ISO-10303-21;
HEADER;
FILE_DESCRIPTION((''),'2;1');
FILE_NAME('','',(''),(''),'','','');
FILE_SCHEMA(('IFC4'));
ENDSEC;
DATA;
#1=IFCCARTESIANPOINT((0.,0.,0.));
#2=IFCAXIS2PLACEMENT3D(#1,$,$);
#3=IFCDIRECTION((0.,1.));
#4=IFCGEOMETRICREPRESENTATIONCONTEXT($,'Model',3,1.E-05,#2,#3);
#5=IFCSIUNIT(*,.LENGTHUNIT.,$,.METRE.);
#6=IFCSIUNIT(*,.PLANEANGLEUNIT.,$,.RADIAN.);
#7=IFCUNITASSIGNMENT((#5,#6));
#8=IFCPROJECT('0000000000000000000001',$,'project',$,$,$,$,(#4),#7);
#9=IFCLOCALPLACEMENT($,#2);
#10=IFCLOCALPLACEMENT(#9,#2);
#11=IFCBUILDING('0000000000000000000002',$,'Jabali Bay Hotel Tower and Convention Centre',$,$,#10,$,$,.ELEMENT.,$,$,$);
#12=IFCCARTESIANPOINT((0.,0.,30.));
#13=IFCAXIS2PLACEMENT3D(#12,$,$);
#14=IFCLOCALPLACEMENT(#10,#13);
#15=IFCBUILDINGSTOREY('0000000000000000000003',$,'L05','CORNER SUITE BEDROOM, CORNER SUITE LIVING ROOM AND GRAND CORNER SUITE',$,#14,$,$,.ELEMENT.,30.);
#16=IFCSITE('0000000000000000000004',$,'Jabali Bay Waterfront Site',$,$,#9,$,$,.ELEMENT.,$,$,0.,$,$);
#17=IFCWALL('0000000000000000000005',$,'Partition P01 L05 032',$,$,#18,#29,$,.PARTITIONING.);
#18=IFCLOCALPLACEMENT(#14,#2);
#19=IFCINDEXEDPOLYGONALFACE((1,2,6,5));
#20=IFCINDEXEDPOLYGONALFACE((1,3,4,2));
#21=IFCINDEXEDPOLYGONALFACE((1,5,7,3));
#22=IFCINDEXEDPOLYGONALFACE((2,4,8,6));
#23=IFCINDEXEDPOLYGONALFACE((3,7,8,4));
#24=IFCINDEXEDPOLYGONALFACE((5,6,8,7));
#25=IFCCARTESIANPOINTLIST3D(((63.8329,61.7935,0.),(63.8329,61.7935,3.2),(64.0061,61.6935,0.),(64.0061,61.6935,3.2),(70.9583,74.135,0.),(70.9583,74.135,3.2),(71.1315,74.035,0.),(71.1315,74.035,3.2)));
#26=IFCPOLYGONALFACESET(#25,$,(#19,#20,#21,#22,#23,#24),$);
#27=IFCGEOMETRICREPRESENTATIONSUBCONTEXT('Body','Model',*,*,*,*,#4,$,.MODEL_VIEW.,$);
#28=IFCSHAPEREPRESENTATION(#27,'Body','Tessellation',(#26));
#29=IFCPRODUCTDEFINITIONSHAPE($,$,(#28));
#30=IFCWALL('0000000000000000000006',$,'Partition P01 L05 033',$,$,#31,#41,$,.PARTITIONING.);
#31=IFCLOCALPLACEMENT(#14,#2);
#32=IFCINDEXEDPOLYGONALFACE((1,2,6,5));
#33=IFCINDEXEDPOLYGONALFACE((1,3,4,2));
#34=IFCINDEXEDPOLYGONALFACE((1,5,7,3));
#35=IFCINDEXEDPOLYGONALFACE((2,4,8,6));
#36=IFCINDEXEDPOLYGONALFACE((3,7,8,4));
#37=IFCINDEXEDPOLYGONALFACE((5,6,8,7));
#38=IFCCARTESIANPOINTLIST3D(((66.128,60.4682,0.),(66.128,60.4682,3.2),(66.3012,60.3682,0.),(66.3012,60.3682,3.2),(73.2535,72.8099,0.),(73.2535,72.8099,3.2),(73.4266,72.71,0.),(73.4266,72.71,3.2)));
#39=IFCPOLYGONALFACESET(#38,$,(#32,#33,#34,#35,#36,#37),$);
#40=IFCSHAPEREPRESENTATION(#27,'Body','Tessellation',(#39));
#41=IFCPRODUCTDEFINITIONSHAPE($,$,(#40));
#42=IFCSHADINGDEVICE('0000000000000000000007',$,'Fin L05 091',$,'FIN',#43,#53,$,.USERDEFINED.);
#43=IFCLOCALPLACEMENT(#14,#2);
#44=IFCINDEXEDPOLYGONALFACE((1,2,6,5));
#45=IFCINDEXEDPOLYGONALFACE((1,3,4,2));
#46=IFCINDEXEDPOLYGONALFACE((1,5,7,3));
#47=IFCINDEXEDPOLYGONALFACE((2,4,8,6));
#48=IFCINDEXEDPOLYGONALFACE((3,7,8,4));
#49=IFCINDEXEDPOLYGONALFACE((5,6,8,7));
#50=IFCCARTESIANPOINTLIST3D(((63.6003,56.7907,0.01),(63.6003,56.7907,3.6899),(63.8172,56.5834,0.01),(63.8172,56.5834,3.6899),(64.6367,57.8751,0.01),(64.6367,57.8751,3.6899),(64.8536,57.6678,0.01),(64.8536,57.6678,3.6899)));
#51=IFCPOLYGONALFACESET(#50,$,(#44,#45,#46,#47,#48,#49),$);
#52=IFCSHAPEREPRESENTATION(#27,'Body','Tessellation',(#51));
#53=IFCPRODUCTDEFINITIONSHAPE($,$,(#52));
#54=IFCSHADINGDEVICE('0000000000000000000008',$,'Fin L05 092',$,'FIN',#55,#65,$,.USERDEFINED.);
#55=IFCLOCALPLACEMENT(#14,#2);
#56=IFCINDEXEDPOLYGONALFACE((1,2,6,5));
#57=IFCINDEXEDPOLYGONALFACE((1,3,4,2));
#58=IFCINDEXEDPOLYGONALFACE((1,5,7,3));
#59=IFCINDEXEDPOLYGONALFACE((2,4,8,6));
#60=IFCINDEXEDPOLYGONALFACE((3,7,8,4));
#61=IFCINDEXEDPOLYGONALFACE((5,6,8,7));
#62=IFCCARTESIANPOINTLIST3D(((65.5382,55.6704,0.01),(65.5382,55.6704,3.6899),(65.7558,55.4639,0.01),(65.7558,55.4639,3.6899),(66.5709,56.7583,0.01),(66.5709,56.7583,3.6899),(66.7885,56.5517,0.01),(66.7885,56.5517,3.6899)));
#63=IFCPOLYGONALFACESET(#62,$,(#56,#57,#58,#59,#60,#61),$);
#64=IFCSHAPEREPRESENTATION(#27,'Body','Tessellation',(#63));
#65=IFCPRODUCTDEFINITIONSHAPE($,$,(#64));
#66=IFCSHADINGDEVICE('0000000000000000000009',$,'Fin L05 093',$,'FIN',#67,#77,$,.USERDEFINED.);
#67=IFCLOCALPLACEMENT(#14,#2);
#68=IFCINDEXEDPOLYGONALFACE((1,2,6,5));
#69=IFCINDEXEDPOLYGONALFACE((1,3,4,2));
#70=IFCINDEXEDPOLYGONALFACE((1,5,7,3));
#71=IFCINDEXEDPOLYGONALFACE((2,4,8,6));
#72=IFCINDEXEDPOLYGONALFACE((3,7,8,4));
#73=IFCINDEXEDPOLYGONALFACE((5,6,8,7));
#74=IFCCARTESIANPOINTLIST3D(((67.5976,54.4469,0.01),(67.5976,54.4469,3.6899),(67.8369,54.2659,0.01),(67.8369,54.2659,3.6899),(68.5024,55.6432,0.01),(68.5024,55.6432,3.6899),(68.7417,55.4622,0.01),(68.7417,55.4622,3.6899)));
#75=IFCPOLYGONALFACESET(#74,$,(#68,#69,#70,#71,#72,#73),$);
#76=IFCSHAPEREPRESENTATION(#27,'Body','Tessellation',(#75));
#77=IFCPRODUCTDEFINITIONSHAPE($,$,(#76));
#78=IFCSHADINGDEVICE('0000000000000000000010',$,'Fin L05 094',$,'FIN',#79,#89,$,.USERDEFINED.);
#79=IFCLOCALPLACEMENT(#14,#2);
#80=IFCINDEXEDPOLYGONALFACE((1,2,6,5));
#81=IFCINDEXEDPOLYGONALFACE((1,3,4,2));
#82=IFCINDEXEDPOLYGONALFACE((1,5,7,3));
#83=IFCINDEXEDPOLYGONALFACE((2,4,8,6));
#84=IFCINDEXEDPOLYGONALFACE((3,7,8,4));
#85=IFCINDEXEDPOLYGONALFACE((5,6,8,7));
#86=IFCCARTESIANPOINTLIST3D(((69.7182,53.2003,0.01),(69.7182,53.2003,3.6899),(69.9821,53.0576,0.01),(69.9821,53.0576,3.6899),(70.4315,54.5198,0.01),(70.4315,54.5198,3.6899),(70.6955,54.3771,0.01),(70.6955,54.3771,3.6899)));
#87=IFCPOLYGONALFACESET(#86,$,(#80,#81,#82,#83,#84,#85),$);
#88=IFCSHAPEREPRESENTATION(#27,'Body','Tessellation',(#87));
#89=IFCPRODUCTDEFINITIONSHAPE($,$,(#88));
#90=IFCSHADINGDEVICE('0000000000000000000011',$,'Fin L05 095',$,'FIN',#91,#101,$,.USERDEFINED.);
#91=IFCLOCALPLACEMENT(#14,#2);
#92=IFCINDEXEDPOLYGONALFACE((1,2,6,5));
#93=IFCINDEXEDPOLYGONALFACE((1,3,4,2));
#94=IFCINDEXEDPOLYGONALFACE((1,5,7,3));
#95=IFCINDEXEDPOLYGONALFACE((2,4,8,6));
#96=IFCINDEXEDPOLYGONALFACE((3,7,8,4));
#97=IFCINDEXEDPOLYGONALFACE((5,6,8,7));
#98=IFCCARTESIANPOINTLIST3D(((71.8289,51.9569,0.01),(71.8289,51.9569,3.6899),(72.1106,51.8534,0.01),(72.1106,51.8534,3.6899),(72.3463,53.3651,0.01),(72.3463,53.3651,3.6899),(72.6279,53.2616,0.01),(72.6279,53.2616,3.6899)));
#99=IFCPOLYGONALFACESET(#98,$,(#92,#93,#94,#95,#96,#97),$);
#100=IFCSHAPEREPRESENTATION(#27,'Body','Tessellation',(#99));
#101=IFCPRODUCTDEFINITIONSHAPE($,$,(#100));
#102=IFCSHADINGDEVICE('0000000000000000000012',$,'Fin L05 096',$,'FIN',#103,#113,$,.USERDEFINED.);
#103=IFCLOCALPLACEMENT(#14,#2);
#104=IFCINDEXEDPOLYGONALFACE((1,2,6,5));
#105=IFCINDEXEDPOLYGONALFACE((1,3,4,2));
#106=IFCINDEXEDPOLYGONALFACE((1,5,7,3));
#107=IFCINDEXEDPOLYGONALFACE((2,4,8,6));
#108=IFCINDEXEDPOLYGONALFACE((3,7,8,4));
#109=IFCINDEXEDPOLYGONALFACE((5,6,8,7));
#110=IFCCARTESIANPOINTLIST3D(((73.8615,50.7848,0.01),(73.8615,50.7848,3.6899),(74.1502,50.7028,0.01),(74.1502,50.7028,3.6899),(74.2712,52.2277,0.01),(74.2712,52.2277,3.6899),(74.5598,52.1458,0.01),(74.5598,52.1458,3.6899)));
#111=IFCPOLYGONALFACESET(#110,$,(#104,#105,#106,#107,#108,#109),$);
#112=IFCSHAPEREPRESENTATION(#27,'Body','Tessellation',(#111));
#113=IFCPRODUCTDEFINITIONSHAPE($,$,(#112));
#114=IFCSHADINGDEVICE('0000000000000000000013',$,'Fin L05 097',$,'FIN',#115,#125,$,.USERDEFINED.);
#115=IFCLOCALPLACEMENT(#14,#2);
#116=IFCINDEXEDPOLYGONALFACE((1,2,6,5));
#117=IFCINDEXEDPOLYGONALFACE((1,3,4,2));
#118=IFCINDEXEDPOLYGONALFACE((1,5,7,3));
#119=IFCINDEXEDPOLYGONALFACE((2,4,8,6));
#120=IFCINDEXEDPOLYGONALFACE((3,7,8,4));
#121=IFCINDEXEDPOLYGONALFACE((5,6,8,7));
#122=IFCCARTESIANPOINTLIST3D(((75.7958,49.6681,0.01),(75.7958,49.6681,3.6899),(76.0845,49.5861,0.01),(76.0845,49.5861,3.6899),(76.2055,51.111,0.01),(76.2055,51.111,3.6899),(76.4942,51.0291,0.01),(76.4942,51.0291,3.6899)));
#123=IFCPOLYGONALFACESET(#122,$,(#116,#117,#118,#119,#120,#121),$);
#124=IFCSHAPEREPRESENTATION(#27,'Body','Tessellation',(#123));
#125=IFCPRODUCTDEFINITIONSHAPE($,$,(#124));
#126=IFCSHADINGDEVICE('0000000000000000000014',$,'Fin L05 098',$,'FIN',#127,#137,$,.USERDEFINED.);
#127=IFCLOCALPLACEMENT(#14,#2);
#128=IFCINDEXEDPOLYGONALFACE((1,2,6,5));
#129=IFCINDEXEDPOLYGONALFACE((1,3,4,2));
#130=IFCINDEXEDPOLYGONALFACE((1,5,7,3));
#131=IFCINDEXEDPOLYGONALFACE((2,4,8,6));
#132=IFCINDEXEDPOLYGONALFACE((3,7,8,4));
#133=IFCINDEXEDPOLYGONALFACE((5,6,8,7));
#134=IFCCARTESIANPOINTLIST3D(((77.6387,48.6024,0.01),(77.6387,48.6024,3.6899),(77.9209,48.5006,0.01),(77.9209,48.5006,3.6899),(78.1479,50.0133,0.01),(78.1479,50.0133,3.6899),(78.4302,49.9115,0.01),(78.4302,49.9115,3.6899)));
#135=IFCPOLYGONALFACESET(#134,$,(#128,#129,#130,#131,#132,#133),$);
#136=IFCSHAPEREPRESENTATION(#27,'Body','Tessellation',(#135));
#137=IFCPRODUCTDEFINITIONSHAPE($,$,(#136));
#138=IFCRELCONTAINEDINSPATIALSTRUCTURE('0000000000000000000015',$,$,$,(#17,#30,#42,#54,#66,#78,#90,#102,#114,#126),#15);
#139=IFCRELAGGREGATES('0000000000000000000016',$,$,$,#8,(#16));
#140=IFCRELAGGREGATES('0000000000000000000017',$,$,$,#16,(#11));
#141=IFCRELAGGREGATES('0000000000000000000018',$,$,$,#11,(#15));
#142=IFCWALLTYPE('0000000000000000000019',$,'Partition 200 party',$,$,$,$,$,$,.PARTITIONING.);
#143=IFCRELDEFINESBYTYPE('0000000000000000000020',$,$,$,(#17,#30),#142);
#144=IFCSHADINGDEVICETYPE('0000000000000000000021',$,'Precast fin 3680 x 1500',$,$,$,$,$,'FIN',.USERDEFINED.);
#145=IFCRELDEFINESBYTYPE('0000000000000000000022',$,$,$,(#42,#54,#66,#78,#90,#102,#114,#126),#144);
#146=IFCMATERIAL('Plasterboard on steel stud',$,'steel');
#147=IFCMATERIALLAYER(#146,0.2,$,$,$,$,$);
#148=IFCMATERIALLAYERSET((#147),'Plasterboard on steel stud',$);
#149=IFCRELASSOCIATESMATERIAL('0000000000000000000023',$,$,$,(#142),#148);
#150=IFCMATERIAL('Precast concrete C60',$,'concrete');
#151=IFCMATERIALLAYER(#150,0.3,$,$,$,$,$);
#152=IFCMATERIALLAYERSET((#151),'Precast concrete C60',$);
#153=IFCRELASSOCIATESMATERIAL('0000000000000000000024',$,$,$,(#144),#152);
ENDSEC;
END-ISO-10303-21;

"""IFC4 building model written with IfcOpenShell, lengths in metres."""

from ifc_helpers import new_model, si_unit, direction, frame, frame_2d, origin, place, context, subcontext, project, spatial, rectangle, extrude, material, layer, layer_set, type_object, element, save


model = new_model("IFC4")

# Units and contexts
model_context = context("Model", 3, precision=1e-05, world=origin(), true_north=direction((0.0, 1.0)))
body_context = subcontext(model_context, "Body", "Model", "MODEL_VIEW")
ifc_project = project(units=[si_unit("LENGTHUNIT", "METRE"), si_unit("PLANEANGLEUNIT", "RADIAN")], contexts=[model_context])

# Site, building, storey
site_placement = place(None, origin())
site = spatial("IfcSite", under=ifc_project, at=site_placement, Name="Jabali Bay Waterfront Site", CompositionType="ELEMENT", RefElevation=0.0)
building_placement = place(site_placement, origin())
building = spatial("IfcBuilding", under=site, at=building_placement, Name="Jabali Bay Hotel Tower and Convention Centre", CompositionType="ELEMENT")
storey_placement = place(building_placement, frame((0.0, 0.0, 30.0)))
storey = spatial("IfcBuildingStorey", under=building, at=storey_placement, Name="L05", Description="CORNER SUITE BEDROOM, CORNER SUITE LIVING ROOM AND GRAND CORNER SUITE", CompositionType="ELEMENT", Elevation=30.0)

# Shared definitions
ifc_material_1 = material(Name="Plasterboard on steel stud", Category="steel")

# Walls
ifc_layer_1 = layer(ifc_material_1, 0.2)
ifc_layer_set_1 = layer_set([ifc_layer_1], Name="Plasterboard on steel stud")
wall_type_1 = type_object("IfcWallType", Name="Partition 200 party", PredefinedType="PARTITIONING", material=ifc_layer_set_1)
wall_1_placement = place(storey_placement, frame((63.9194, 61.7434, 0.0), z_axis=(0.0, 0.0, 1.0), x_axis=(0.500005, 0.866023, 0.0)))
element("IfcWall", 1, at=wall_1_placement, inside=storey, type_object=wall_type_1, Name="Partition P01 L05 032", PredefinedType="PARTITIONING", context=body_context, shape_type="SweptSolid", body=[
    extrude(rectangle(XDim=14.2507, YDim=0.2, at=frame_2d((7.1255, 0.0))), origin(), (0.0, 0.0, 1.0), 3.2),
])
wall_2_placement = place(storey_placement, frame((66.2146, 60.4182, 0.0), z_axis=(0.0, 0.0, 1.0), x_axis=(0.499997, 0.866027, 0.0)))
element("IfcWall", 2, at=wall_2_placement, inside=storey, type_object=wall_type_1, Name="Partition P01 L05 033", PredefinedType="PARTITIONING", context=body_context, shape_type="SweptSolid", body=[
    extrude(rectangle(XDim=14.251, YDim=0.2, at=frame_2d((7.1255, 0.0))), origin(), (0.0, 0.0, 1.0), 3.2),
])

# Shading devices
ifc_material_2 = material(Name="Precast concrete C60", Category="concrete")
ifc_layer_2 = layer(ifc_material_2, 0.3)
ifc_layer_set_2 = layer_set([ifc_layer_2], Name="Precast concrete C60")
shading_device_type = type_object("IfcShadingDeviceType", Name="Precast fin 3680 x 1500", ElementType="FIN", PredefinedType="USERDEFINED", material=ifc_layer_set_2)
for number, where, z_axis, x_axis, name in (
    (3, (64.7451, 57.7715, 0.01), (0.0, 0.0, 1.0), (-0.690894, -0.722956, 0.0), "Fin L05 091"),
    (4, (66.6797, 56.655, 0.01), (0.0, 0.0, 1.0), (-0.688476, -0.725259, 0.0), "Fin L05 092"),
    (5, (68.6221, 55.5527, 0.01), (0.0, 0.0, 1.0), (-0.603224, -0.797571, 0.0), "Fin L05 093"),
    (6, (70.5635, 54.4485, 0.01), (0.0, 0.0, 1.0), (-0.475565, -0.879681, 0.0), "Fin L05 094"),
):
    element("IfcShadingDevice", number, at=place(storey_placement, frame(where, z_axis=z_axis, x_axis=x_axis)), inside=storey, type_object=shading_device_type, Name=name, ObjectType="FIN", PredefinedType="USERDEFINED", context=body_context, shape_type="SweptSolid", body=[
        extrude(rectangle(XDim=1.5, YDim=0.3, at=frame_2d((0.75, 0.0))), origin(), (0.0, 0.0, 1.0), 3.6799),
    ])
shading_device_placement = place(storey_placement, frame((72.4871, 53.3132, 0.01), z_axis=(0.0, 0.0, 1.0), x_axis=(-0.344838, -0.938662, 0.0)))
element("IfcShadingDevice", 7, at=shading_device_placement, inside=storey, type_object=shading_device_type, Name="Fin L05 095", ObjectType="FIN", PredefinedType="USERDEFINED", context=body_context, shape_type="SweptSolid", body=[
    extrude(rectangle(XDim=1.5002, YDim=0.3, at=frame_2d((0.75, 0.0))), origin(), (0.0, 0.0, 1.0), 3.6799),
])
for number, where, z_axis, x_axis, name in (
    (8, (74.4155, 52.1868, 0.01), (0.0, 0.0, 1.0), (-0.27313, -0.961977, 0.0), "Fin L05 096"),
    (9, (76.3499, 51.0701, 0.01), (0.0, 0.0, 1.0), (-0.27313, -0.961977, 0.0), "Fin L05 097"),
    (10, (78.2891, 49.9624, 0.01), (0.0, 0.0, 1.0), (-0.33952, -0.940599, 0.0), "Fin L05 098"),
):
    element("IfcShadingDevice", number, at=place(storey_placement, frame(where, z_axis=z_axis, x_axis=x_axis)), inside=storey, type_object=shading_device_type, Name=name, ObjectType="FIN", PredefinedType="USERDEFINED", context=body_context, shape_type="SweptSolid", body=[
        extrude(rectangle(XDim=1.5, YDim=0.3, at=frame_2d((0.75, 0.0))), origin(), (0.0, 0.0, 1.0), 3.6799),
    ])

save(model, "model.ifc")
